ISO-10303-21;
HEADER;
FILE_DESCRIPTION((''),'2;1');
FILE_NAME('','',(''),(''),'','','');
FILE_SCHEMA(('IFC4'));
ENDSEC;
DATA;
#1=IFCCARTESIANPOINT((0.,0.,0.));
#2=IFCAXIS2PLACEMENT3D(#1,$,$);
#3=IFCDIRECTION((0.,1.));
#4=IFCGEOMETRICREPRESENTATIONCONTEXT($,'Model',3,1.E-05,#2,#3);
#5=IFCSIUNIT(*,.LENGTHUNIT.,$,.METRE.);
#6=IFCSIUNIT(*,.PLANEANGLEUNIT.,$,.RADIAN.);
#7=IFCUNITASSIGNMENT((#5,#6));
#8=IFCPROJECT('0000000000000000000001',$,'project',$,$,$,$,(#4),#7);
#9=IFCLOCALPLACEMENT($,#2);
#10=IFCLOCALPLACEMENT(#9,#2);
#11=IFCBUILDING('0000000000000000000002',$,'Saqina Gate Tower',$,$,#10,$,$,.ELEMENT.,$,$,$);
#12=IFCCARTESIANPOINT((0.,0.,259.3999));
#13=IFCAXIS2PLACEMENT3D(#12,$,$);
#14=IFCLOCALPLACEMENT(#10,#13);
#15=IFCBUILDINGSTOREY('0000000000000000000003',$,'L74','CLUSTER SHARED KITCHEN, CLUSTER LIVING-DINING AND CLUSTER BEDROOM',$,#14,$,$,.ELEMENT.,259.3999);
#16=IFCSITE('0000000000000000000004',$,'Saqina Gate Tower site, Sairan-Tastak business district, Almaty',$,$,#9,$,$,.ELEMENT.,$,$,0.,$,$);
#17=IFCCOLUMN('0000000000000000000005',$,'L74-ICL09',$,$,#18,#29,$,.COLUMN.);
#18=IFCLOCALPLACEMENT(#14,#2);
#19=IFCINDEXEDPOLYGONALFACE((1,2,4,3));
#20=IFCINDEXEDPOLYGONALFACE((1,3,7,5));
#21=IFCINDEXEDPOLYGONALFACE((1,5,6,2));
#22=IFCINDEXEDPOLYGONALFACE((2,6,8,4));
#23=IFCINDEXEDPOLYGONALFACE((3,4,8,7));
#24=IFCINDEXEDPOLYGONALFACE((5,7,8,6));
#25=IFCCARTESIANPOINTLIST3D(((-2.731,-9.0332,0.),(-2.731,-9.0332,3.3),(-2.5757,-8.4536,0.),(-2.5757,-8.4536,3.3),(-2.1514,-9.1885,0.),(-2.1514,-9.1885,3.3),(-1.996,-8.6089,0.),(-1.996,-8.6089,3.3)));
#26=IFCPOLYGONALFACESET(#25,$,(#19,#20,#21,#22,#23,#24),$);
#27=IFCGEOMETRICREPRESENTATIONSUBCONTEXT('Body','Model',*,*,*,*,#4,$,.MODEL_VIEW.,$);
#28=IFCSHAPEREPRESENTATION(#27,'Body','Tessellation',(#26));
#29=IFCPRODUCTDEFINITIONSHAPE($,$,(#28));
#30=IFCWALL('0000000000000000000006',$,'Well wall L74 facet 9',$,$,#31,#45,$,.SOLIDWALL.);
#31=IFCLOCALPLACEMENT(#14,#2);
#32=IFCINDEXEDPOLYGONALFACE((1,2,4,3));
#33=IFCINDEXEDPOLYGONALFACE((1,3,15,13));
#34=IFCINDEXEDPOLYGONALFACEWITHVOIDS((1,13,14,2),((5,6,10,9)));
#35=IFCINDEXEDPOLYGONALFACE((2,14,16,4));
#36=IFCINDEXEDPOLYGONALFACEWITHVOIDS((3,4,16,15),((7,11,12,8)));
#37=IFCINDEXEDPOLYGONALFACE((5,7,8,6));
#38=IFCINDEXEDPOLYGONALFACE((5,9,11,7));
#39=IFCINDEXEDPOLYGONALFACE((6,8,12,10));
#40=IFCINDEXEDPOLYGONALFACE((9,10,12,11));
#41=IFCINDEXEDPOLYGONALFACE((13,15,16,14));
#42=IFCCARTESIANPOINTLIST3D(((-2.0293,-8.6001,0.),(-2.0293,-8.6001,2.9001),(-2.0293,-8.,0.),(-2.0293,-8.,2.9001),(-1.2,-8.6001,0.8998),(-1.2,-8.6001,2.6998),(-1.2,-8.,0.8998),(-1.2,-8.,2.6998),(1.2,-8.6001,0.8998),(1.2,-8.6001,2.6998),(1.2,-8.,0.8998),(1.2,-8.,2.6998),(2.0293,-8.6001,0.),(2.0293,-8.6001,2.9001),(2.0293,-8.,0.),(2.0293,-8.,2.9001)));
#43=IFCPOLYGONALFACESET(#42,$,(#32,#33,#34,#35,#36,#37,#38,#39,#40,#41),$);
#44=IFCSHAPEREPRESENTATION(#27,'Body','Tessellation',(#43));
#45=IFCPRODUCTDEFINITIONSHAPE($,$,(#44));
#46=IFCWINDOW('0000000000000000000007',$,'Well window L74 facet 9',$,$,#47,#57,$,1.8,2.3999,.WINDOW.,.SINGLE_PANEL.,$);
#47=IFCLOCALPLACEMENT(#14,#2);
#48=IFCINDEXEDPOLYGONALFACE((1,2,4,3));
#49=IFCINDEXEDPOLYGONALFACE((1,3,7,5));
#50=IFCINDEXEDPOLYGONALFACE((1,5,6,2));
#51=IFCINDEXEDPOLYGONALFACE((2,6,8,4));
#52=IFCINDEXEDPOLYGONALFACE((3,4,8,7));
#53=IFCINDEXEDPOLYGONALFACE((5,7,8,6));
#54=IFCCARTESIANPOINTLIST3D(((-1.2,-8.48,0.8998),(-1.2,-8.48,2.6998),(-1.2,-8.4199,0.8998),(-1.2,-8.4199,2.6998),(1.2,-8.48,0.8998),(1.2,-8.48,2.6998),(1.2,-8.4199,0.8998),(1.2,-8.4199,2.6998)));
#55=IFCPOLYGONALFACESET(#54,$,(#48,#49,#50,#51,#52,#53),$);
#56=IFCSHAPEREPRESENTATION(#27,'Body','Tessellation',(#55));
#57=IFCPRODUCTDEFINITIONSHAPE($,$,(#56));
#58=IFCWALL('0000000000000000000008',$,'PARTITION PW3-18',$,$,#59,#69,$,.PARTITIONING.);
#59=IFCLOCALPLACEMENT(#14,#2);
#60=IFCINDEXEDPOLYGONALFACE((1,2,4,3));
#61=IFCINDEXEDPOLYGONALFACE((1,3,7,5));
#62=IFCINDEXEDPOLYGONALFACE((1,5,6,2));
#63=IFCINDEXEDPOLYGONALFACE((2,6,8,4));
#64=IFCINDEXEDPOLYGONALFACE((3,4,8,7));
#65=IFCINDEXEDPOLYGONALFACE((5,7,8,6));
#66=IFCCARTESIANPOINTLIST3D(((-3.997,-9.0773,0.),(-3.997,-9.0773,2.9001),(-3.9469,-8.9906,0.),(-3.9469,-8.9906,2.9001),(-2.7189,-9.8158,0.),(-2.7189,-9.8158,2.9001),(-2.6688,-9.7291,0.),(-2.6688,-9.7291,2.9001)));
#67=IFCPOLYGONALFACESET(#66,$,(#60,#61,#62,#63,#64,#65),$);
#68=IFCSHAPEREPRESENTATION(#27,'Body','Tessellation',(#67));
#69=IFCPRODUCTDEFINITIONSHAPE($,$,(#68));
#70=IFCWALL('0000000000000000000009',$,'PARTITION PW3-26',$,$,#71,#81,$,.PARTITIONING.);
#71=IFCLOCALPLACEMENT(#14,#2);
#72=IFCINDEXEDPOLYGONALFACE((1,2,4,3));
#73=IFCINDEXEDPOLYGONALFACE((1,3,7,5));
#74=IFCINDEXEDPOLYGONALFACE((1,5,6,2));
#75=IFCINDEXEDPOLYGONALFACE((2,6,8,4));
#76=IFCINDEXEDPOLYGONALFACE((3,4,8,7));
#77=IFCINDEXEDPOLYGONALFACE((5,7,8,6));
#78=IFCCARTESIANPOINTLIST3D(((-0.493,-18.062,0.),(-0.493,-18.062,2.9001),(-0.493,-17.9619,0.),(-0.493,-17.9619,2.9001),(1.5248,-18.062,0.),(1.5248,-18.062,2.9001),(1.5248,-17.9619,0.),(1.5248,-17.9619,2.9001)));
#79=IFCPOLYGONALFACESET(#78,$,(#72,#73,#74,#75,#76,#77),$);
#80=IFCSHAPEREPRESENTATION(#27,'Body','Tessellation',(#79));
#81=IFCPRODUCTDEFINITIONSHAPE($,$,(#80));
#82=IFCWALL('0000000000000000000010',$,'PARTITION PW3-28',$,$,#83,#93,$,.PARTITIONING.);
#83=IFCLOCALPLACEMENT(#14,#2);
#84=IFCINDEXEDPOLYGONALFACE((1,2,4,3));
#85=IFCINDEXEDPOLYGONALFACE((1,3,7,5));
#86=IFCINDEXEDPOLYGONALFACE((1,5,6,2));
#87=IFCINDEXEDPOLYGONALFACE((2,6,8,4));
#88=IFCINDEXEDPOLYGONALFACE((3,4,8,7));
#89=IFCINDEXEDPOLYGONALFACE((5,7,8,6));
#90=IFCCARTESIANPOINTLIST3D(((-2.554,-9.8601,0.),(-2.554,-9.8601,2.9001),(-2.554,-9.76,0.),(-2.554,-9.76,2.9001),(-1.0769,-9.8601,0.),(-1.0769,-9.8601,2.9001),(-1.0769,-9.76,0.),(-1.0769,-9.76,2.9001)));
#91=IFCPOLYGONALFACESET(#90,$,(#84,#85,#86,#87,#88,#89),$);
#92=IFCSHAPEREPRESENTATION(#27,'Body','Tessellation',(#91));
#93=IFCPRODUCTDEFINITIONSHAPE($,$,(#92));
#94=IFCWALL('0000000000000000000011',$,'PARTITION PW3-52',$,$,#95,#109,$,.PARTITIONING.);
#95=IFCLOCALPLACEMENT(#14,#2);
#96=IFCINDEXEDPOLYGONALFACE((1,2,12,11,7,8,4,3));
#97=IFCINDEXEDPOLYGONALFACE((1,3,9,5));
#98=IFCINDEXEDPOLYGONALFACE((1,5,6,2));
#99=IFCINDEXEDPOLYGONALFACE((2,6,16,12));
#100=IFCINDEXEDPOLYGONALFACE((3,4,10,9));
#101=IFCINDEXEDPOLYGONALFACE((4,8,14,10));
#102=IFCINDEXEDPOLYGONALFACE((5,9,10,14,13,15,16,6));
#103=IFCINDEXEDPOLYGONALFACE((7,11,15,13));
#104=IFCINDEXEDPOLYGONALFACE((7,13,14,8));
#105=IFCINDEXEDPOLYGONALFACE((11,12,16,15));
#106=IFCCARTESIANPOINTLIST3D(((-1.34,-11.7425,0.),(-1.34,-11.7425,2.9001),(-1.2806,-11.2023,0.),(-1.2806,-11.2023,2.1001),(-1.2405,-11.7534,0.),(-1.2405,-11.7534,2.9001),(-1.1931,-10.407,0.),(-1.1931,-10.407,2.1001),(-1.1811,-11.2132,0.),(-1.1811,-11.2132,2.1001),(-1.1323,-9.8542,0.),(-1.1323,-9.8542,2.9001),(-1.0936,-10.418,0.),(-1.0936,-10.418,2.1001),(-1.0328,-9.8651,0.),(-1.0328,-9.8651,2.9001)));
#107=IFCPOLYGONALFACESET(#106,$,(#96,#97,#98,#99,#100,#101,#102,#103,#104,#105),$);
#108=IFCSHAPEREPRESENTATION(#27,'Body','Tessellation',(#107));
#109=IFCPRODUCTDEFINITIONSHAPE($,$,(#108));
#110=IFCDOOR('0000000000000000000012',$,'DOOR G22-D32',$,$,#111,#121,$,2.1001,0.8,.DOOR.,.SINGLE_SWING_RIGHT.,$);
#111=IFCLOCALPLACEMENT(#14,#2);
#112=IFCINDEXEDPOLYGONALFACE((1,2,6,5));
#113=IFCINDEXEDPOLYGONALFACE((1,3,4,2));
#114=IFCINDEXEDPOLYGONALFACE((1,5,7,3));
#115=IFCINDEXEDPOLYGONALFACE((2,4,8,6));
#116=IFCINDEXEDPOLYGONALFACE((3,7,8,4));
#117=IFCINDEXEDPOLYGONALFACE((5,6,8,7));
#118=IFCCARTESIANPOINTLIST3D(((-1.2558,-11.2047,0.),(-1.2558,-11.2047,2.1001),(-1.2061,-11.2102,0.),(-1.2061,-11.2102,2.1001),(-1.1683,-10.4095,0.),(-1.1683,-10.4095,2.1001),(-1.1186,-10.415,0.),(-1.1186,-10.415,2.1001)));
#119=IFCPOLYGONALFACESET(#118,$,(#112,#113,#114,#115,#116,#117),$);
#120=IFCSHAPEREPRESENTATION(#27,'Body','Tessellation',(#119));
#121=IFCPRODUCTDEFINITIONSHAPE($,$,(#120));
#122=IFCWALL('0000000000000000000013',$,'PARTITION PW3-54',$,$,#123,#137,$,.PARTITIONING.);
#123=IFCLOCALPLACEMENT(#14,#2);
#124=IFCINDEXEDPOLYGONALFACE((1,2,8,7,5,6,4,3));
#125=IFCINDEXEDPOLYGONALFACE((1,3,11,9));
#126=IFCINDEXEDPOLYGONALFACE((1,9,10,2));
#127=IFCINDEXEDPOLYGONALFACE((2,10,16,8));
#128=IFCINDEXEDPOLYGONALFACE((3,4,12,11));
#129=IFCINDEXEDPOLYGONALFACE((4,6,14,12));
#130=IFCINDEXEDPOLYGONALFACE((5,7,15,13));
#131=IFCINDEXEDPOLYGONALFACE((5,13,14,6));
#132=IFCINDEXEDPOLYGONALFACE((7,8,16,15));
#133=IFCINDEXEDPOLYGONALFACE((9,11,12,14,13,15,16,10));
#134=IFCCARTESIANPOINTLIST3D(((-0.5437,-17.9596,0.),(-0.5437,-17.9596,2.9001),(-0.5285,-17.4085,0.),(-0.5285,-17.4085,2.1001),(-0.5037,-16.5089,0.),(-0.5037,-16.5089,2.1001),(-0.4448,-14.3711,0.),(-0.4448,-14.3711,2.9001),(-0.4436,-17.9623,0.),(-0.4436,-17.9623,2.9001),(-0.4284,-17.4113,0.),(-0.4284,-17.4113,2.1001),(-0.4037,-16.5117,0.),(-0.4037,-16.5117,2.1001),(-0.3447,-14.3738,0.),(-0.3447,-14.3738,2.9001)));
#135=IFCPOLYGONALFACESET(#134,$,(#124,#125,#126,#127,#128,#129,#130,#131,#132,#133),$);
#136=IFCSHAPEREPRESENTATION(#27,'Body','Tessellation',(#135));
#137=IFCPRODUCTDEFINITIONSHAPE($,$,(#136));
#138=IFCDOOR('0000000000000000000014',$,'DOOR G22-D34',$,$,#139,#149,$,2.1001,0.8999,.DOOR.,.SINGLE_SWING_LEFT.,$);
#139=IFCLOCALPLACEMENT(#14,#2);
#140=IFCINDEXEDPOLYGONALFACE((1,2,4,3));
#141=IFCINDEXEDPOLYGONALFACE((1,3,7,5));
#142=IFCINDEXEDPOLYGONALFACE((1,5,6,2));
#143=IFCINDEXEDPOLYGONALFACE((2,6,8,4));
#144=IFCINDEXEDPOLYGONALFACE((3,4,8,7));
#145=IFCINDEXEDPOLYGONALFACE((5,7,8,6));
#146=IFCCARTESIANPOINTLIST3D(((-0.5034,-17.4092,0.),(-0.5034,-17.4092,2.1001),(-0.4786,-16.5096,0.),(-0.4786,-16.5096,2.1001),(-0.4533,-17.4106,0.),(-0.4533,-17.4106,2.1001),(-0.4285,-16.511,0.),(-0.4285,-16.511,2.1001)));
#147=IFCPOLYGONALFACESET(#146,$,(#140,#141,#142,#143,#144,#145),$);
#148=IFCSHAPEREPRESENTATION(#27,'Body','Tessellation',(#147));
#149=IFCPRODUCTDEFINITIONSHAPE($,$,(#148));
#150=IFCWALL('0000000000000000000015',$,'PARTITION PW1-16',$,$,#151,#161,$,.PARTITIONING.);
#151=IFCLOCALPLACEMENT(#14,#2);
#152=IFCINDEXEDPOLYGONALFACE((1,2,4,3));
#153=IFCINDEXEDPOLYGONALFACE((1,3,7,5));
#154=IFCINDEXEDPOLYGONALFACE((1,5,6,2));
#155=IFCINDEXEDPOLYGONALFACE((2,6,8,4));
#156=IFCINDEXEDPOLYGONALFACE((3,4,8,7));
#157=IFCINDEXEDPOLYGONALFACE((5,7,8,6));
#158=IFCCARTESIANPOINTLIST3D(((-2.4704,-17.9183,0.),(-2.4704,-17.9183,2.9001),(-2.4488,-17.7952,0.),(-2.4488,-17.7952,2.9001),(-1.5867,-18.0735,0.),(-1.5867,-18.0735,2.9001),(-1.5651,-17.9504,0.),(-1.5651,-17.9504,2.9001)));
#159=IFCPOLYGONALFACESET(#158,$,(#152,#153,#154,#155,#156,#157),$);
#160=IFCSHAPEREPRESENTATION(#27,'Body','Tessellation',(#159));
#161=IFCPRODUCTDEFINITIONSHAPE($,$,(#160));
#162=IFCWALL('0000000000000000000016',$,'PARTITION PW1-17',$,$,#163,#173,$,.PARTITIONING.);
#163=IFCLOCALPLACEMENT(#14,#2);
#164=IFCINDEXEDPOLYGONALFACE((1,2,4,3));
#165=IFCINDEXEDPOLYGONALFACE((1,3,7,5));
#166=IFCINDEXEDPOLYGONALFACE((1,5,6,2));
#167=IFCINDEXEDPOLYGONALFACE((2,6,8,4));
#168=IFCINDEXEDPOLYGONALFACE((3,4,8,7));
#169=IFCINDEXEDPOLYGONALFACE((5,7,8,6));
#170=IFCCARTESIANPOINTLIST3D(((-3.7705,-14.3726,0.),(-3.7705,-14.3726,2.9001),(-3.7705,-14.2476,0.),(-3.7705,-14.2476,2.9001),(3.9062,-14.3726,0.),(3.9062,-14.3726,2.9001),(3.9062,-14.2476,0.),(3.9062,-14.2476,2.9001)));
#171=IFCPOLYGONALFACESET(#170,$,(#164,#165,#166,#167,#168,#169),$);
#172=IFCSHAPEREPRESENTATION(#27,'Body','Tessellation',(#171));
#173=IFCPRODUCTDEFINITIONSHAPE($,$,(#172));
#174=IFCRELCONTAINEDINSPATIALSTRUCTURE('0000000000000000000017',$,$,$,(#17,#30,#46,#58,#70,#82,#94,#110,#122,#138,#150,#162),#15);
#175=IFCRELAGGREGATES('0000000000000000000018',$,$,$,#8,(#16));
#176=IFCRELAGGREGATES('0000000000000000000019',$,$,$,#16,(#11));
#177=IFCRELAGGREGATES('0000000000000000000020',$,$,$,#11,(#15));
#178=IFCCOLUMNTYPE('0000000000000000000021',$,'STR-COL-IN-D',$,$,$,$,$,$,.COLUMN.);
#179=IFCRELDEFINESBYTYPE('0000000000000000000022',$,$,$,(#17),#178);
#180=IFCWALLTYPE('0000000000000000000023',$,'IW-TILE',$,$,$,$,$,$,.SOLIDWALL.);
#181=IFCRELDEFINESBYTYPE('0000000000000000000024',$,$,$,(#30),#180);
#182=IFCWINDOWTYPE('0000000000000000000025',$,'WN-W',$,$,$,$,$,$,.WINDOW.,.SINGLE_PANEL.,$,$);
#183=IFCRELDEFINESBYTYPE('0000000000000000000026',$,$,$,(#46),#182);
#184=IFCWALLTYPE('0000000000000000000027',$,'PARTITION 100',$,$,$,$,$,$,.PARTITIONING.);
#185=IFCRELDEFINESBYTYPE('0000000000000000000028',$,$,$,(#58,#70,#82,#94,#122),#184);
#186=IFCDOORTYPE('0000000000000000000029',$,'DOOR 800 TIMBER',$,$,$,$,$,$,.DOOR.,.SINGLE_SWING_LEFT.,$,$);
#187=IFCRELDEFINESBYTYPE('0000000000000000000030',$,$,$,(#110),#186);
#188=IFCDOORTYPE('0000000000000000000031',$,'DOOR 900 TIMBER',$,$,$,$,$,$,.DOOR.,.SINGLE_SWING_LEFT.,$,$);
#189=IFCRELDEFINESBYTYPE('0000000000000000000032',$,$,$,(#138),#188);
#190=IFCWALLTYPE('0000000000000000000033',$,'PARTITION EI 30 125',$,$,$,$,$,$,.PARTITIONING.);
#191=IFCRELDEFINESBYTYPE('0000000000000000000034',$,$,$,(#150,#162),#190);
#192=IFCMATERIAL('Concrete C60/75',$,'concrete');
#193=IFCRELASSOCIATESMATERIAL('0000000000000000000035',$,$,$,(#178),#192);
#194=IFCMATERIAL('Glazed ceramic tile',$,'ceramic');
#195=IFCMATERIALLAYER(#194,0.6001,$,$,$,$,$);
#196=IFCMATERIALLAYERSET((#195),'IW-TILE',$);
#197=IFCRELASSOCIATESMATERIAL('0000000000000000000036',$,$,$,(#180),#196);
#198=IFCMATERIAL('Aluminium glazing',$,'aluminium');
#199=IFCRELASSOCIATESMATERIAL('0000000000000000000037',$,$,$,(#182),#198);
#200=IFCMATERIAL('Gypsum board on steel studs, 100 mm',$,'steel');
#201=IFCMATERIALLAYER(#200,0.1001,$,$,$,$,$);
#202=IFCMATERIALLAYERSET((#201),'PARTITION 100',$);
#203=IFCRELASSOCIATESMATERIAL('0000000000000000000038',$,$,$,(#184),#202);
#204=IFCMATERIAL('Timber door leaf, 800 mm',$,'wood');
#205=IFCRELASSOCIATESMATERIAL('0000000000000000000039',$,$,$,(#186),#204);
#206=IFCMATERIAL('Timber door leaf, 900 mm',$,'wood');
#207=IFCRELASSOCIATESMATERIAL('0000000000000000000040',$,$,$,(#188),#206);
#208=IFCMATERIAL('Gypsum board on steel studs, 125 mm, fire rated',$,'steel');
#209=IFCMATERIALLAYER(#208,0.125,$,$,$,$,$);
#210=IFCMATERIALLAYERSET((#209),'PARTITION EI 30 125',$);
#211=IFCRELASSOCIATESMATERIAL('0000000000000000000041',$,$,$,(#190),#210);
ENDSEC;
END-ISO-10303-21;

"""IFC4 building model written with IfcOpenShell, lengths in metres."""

from ifc_helpers import new_model, si_unit, direction, frame, frame_2d, origin, origin_2d, place, context, subcontext, project, spatial, rectangle, extrude, material, layer, layer_set, material_profile, profile_set, type_object, element, fill, save


model = new_model("IFC4")

# Units and contexts
model_context = context("Model", 3, precision=1e-05, world=origin(), true_north=direction((0.0, 1.0)))
body_context = subcontext(model_context, "Body", "Model", "MODEL_VIEW")
ifc_project = project(units=[si_unit("LENGTHUNIT", "METRE"), si_unit("PLANEANGLEUNIT", "RADIAN")], contexts=[model_context])

# Site, building, storey
site_placement = place(None, origin())
site = spatial("IfcSite", under=ifc_project, at=site_placement, Name="Saqina Gate Tower site, Sairan-Tastak business district, Almaty", CompositionType="ELEMENT", RefElevation=0.0)
building_placement = place(site_placement, origin())
building = spatial("IfcBuilding", under=site, at=building_placement, Name="Saqina Gate Tower", CompositionType="ELEMENT")
storey_placement = place(building_placement, frame((0.0, 0.0, 259.3999)))
storey = spatial("IfcBuildingStorey", under=building, at=storey_placement, Name="L74", Description="CLUSTER SHARED KITCHEN, CLUSTER LIVING-DINING AND CLUSTER BEDROOM", CompositionType="ELEMENT", Elevation=259.3999)

# Column
ifc_material_1 = material(Name="Concrete C60/75", Category="concrete")
ifc_material_profile = material_profile(ifc_material_1, rectangle(XDim=0.6001, YDim=0.6001, at=origin_2d()), Name="RC 600x600")
ifc_profile_set = profile_set([ifc_material_profile], Name="Concrete C60/75")
column_type = type_object("IfcColumnType", Name="STR-COL-IN-D", PredefinedType="COLUMN", material=ifc_profile_set)
column_placement = place(storey_placement, frame((-2.3635, -8.821, 0.0), z_axis=(0.0, 0.0, 1.0), x_axis=(-0.258819, -0.965926, 0.0)))
element("IfcColumn", 1, at=column_placement, inside=storey, type_object=column_type, Name="L74-ICL09", PredefinedType="COLUMN", context=body_context, shape_type="SweptSolid", body=[
    extrude(rectangle(XDim=0.6001, YDim=0.6001, at=origin_2d()), origin(), (0.0, 0.0, 1.0), 3.3),
])

# Wall, opening, window
ifc_material_2 = material(Name="Glazed ceramic tile", Category="ceramic")
ifc_layer_1 = layer(ifc_material_2, 0.6001)
ifc_layer_set_1 = layer_set([ifc_layer_1], Name="IW-TILE")
wall_type_1 = type_object("IfcWallType", Name="IW-TILE", PredefinedType="SOLIDWALL", material=ifc_layer_set_1)
wall_1_placement = place(storey_placement, frame((-2.0293, -8.3, 0.0), z_axis=(0.0, 0.0, 1.0), x_axis=(1.0, 0.0, 0.0)))
wall_1 = element("IfcWall", 2, at=wall_1_placement, inside=storey, type_object=wall_type_1, Name="Well wall L74 facet 9", PredefinedType="SOLIDWALL", context=body_context, shape_type="SweptSolid", body=[
    extrude(rectangle(XDim=4.0586, YDim=0.6001, at=frame_2d((2.0293, 0.0))), origin(), (0.0, 0.0, 1.0), 2.9001),
])
opening_1_placement = place(wall_1_placement, frame((0.8293, 0.0, 0.8999)))
opening_1 = element("IfcOpeningElement", 3, at=opening_1_placement, cuts=wall_1, PredefinedType="OPENING", context=body_context, shape_type="SweptSolid", body=[
    extrude(rectangle(XDim=2.3999, YDim=1.8, at=frame_2d((1.2, 0.8999))), frame((0.0, 0.312, 0.0), z_axis=(0.0, -1.0, 0.0), x_axis=(1.0, 0.0, 0.0)), (0.0, 0.0, 1.0), 0.624),
])
ifc_material_3 = material(Name="Aluminium glazing", Category="aluminium")
window_type = type_object("IfcWindowType", Name="WN-W", PartitioningType="SINGLE_PANEL", PredefinedType="WINDOW", material=ifc_material_3)
window_placement = place(opening_1_placement, origin())
window = element("IfcWindow", 4, at=window_placement, inside=storey, type_object=window_type, Name="Well window L74 facet 9", OverallHeight=1.8, OverallWidth=2.3999, PartitioningType="SINGLE_PANEL", PredefinedType="WINDOW", context=body_context, shape_type="SweptSolid", body=[
    extrude(rectangle(XDim=2.3999, YDim=1.8, at=frame_2d((1.2, 0.8999))), frame((0.0, -0.1199, 0.0), z_axis=(0.0, -1.0, 0.0), x_axis=(1.0, 0.0, 0.0)), (0.0, 0.0, 1.0), 0.0601),
])
fill(opening_1, window)

# Walls
ifc_material_4 = material(Name="Gypsum board on steel studs, 100 mm", Category="steel")
ifc_layer_2 = layer(ifc_material_4, 0.1001)
ifc_layer_set_2 = layer_set([ifc_layer_2], Name="PARTITION 100")
wall_type_2 = type_object("IfcWallType", Name="PARTITION 100", PredefinedType="PARTITIONING", material=ifc_layer_set_2)
wall_2_placement = place(storey_placement, frame((-3.9719, -9.0339, 0.0), z_axis=(0.0, 0.0, 1.0), x_axis=(0.865841, -0.500319, 0.0)))
element("IfcWall", 5, at=wall_2_placement, inside=storey, type_object=wall_type_2, Name="PARTITION PW3-18", PredefinedType="PARTITIONING", context=body_context, shape_type="SweptSolid", body=[
    extrude(rectangle(XDim=1.4761, YDim=0.1001, at=frame_2d((0.738, 0.0))), origin(), (0.0, 0.0, 1.0), 2.9001),
])
wall_3_placement = place(storey_placement, frame((-0.4929, -18.012, 0.0), z_axis=(0.0, 0.0, 1.0), x_axis=(1.0, 0.0, 0.0)))
element("IfcWall", 6, at=wall_3_placement, inside=storey, type_object=wall_type_2, Name="PARTITION PW3-26", PredefinedType="PARTITIONING", context=body_context, shape_type="SweptSolid", body=[
    extrude(rectangle(XDim=2.0178, YDim=0.1001, at=frame_2d((1.0088, 0.0))), origin(), (0.0, 0.0, 1.0), 2.9001),
])
wall_4_placement = place(storey_placement, frame((-2.554, -9.8101, 0.0), z_axis=(0.0, 0.0, 1.0), x_axis=(1.0, 0.0, 0.0)))
element("IfcWall", 7, at=wall_4_placement, inside=storey, type_object=wall_type_2, Name="PARTITION PW3-28", PredefinedType="PARTITIONING", context=body_context, shape_type="SweptSolid", body=[
    extrude(rectangle(XDim=1.4771, YDim=0.1001, at=frame_2d((0.7385, 0.0))), origin(), (0.0, 0.0, 1.0), 2.9001),
])

# Walls, openings, doors
wall_5_placement = place(storey_placement, frame((-1.2903, -11.7478, 0.0), z_axis=(0.0, 0.0, 1.0), x_axis=(0.109373, 0.994001, 0.0)))
wall_5 = element("IfcWall", 8, at=wall_5_placement, inside=storey, type_object=wall_type_2, Name="PARTITION PW3-52", PredefinedType="PARTITIONING", context=body_context, shape_type="SweptSolid", body=[
    extrude(rectangle(XDim=1.8997, YDim=0.1001, at=frame_2d((0.9497, 0.0))), origin(), (0.0, 0.0, 1.0), 2.9001),
])
opening_2_placement = place(wall_5_placement, frame((0.5435, 0.0, 0.0)))
opening_2 = element("IfcOpeningElement", 9, at=opening_2_placement, cuts=wall_5, PredefinedType="OPENING", context=body_context, shape_type="SweptSolid", body=[
    extrude(rectangle(XDim=0.8, YDim=2.1001, at=frame_2d((0.3999, 1.05))), frame((0.0, 0.062, 0.0), z_axis=(0.0, -1.0, 0.0), x_axis=(1.0, 0.0, 0.0)), (0.0, 0.0, 1.0), 0.124),
])
ifc_material_5 = material(Name="Timber door leaf, 800 mm", Category="wood")
door_type_1 = type_object("IfcDoorType", Name="DOOR 800 TIMBER", OperationType="SINGLE_SWING_LEFT", PredefinedType="DOOR", material=ifc_material_5)
door_1_placement = place(opening_2_placement, frame((0.8, 0.0, 0.0), z_axis=(0.0, 0.0, 1.0), x_axis=(-1.0, 0.0, 0.0)))
door_1 = element("IfcDoor", 10, at=door_1_placement, inside=storey, type_object=door_type_1, Name="DOOR G22-D32", OperationType="SINGLE_SWING_RIGHT", OverallHeight=2.1001, OverallWidth=0.8, PredefinedType="DOOR", context=body_context, shape_type="SweptSolid", body=[
    extrude(rectangle(XDim=0.8, YDim=2.1001, at=frame_2d((0.3999, 1.05))), frame((0.0, 0.0249, 0.0), z_axis=(0.0, -1.0, 0.0), x_axis=(1.0, 0.0, 0.0)), (0.0, 0.0, 1.0), 0.05),
])
fill(opening_2, door_1)
wall_6_placement = place(storey_placement, frame((-0.4937, -17.9609, 0.0), z_axis=(0.0, 0.0, 1.0), x_axis=(0.027544, 0.999621, 0.0)))
wall_6 = element("IfcWall", 11, at=wall_6_placement, inside=storey, type_object=wall_type_2, Name="PARTITION PW3-54", PredefinedType="PARTITIONING", context=body_context, shape_type="SweptSolid", body=[
    extrude(rectangle(XDim=3.5898, YDim=0.1001, at=frame_2d((1.7949, 0.0))), origin(), (0.0, 0.0, 1.0), 2.9001),
])
opening_3_placement = place(wall_6_placement, frame((0.5513, 0.0, 0.0)))
opening_3 = element("IfcOpeningElement", 12, at=opening_3_placement, cuts=wall_6, PredefinedType="OPENING", context=body_context, shape_type="SweptSolid", body=[
    extrude(rectangle(XDim=0.8999, YDim=2.1001, at=frame_2d((0.45, 1.05))), frame((0.0, 0.062, 0.0), z_axis=(0.0, -1.0, 0.0), x_axis=(1.0, 0.0, 0.0)), (0.0, 0.0, 1.0), 0.124),
])
ifc_material_6 = material(Name="Timber door leaf, 900 mm", Category="wood")
door_type_2 = type_object("IfcDoorType", Name="DOOR 900 TIMBER", OperationType="SINGLE_SWING_LEFT", PredefinedType="DOOR", material=ifc_material_6)
door_2_placement = place(opening_3_placement, origin())
door_2 = element("IfcDoor", 13, at=door_2_placement, inside=storey, type_object=door_type_2, Name="DOOR G22-D34", OperationType="SINGLE_SWING_LEFT", OverallHeight=2.1001, OverallWidth=0.8999, PredefinedType="DOOR", context=body_context, shape_type="SweptSolid", body=[
    extrude(rectangle(XDim=0.8999, YDim=2.1001, at=frame_2d((0.45, 1.05))), frame((0.0, 0.0249, 0.0), z_axis=(0.0, -1.0, 0.0), x_axis=(1.0, 0.0, 0.0)), (0.0, 0.0, 1.0), 0.05),
])
fill(opening_3, door_2)

# Walls
ifc_material_7 = material(Name="Gypsum board on steel studs, 125 mm, fire rated", Category="steel")
ifc_layer_3 = layer(ifc_material_7, 0.125)
ifc_layer_set_3 = layer_set([ifc_layer_3], Name="PARTITION EI 30 125")
wall_type_3 = type_object("IfcWallType", Name="PARTITION EI 30 125", PredefinedType="PARTITIONING", material=ifc_layer_set_3)
wall_7_placement = place(storey_placement, frame((-2.4597, -17.8567, 0.0), z_axis=(0.0, 0.0, 1.0), x_axis=(0.984915, -0.17304, 0.0)))
element("IfcWall", 14, at=wall_7_placement, inside=storey, type_object=wall_type_3, Name="PARTITION PW1-16", PredefinedType="PARTITIONING", context=body_context, shape_type="SweptSolid", body=[
    extrude(rectangle(XDim=0.8972, YDim=0.125, at=frame_2d((0.4487, 0.0))), origin(), (0.0, 0.0, 1.0), 2.9001),
])
wall_8_placement = place(storey_placement, frame((-3.7705, -14.3101, 0.0), z_axis=(0.0, 0.0, 1.0), x_axis=(1.0, 0.0, 0.0)))
element("IfcWall", 15, at=wall_8_placement, inside=storey, type_object=wall_type_3, Name="PARTITION PW1-17", PredefinedType="PARTITIONING", context=body_context, shape_type="SweptSolid", body=[
    extrude(rectangle(XDim=7.6768, YDim=0.125, at=frame_2d((3.8384, 0.0))), origin(), (0.0, 0.0, 1.0), 2.9001),
])

save(model, "model.ifc")
